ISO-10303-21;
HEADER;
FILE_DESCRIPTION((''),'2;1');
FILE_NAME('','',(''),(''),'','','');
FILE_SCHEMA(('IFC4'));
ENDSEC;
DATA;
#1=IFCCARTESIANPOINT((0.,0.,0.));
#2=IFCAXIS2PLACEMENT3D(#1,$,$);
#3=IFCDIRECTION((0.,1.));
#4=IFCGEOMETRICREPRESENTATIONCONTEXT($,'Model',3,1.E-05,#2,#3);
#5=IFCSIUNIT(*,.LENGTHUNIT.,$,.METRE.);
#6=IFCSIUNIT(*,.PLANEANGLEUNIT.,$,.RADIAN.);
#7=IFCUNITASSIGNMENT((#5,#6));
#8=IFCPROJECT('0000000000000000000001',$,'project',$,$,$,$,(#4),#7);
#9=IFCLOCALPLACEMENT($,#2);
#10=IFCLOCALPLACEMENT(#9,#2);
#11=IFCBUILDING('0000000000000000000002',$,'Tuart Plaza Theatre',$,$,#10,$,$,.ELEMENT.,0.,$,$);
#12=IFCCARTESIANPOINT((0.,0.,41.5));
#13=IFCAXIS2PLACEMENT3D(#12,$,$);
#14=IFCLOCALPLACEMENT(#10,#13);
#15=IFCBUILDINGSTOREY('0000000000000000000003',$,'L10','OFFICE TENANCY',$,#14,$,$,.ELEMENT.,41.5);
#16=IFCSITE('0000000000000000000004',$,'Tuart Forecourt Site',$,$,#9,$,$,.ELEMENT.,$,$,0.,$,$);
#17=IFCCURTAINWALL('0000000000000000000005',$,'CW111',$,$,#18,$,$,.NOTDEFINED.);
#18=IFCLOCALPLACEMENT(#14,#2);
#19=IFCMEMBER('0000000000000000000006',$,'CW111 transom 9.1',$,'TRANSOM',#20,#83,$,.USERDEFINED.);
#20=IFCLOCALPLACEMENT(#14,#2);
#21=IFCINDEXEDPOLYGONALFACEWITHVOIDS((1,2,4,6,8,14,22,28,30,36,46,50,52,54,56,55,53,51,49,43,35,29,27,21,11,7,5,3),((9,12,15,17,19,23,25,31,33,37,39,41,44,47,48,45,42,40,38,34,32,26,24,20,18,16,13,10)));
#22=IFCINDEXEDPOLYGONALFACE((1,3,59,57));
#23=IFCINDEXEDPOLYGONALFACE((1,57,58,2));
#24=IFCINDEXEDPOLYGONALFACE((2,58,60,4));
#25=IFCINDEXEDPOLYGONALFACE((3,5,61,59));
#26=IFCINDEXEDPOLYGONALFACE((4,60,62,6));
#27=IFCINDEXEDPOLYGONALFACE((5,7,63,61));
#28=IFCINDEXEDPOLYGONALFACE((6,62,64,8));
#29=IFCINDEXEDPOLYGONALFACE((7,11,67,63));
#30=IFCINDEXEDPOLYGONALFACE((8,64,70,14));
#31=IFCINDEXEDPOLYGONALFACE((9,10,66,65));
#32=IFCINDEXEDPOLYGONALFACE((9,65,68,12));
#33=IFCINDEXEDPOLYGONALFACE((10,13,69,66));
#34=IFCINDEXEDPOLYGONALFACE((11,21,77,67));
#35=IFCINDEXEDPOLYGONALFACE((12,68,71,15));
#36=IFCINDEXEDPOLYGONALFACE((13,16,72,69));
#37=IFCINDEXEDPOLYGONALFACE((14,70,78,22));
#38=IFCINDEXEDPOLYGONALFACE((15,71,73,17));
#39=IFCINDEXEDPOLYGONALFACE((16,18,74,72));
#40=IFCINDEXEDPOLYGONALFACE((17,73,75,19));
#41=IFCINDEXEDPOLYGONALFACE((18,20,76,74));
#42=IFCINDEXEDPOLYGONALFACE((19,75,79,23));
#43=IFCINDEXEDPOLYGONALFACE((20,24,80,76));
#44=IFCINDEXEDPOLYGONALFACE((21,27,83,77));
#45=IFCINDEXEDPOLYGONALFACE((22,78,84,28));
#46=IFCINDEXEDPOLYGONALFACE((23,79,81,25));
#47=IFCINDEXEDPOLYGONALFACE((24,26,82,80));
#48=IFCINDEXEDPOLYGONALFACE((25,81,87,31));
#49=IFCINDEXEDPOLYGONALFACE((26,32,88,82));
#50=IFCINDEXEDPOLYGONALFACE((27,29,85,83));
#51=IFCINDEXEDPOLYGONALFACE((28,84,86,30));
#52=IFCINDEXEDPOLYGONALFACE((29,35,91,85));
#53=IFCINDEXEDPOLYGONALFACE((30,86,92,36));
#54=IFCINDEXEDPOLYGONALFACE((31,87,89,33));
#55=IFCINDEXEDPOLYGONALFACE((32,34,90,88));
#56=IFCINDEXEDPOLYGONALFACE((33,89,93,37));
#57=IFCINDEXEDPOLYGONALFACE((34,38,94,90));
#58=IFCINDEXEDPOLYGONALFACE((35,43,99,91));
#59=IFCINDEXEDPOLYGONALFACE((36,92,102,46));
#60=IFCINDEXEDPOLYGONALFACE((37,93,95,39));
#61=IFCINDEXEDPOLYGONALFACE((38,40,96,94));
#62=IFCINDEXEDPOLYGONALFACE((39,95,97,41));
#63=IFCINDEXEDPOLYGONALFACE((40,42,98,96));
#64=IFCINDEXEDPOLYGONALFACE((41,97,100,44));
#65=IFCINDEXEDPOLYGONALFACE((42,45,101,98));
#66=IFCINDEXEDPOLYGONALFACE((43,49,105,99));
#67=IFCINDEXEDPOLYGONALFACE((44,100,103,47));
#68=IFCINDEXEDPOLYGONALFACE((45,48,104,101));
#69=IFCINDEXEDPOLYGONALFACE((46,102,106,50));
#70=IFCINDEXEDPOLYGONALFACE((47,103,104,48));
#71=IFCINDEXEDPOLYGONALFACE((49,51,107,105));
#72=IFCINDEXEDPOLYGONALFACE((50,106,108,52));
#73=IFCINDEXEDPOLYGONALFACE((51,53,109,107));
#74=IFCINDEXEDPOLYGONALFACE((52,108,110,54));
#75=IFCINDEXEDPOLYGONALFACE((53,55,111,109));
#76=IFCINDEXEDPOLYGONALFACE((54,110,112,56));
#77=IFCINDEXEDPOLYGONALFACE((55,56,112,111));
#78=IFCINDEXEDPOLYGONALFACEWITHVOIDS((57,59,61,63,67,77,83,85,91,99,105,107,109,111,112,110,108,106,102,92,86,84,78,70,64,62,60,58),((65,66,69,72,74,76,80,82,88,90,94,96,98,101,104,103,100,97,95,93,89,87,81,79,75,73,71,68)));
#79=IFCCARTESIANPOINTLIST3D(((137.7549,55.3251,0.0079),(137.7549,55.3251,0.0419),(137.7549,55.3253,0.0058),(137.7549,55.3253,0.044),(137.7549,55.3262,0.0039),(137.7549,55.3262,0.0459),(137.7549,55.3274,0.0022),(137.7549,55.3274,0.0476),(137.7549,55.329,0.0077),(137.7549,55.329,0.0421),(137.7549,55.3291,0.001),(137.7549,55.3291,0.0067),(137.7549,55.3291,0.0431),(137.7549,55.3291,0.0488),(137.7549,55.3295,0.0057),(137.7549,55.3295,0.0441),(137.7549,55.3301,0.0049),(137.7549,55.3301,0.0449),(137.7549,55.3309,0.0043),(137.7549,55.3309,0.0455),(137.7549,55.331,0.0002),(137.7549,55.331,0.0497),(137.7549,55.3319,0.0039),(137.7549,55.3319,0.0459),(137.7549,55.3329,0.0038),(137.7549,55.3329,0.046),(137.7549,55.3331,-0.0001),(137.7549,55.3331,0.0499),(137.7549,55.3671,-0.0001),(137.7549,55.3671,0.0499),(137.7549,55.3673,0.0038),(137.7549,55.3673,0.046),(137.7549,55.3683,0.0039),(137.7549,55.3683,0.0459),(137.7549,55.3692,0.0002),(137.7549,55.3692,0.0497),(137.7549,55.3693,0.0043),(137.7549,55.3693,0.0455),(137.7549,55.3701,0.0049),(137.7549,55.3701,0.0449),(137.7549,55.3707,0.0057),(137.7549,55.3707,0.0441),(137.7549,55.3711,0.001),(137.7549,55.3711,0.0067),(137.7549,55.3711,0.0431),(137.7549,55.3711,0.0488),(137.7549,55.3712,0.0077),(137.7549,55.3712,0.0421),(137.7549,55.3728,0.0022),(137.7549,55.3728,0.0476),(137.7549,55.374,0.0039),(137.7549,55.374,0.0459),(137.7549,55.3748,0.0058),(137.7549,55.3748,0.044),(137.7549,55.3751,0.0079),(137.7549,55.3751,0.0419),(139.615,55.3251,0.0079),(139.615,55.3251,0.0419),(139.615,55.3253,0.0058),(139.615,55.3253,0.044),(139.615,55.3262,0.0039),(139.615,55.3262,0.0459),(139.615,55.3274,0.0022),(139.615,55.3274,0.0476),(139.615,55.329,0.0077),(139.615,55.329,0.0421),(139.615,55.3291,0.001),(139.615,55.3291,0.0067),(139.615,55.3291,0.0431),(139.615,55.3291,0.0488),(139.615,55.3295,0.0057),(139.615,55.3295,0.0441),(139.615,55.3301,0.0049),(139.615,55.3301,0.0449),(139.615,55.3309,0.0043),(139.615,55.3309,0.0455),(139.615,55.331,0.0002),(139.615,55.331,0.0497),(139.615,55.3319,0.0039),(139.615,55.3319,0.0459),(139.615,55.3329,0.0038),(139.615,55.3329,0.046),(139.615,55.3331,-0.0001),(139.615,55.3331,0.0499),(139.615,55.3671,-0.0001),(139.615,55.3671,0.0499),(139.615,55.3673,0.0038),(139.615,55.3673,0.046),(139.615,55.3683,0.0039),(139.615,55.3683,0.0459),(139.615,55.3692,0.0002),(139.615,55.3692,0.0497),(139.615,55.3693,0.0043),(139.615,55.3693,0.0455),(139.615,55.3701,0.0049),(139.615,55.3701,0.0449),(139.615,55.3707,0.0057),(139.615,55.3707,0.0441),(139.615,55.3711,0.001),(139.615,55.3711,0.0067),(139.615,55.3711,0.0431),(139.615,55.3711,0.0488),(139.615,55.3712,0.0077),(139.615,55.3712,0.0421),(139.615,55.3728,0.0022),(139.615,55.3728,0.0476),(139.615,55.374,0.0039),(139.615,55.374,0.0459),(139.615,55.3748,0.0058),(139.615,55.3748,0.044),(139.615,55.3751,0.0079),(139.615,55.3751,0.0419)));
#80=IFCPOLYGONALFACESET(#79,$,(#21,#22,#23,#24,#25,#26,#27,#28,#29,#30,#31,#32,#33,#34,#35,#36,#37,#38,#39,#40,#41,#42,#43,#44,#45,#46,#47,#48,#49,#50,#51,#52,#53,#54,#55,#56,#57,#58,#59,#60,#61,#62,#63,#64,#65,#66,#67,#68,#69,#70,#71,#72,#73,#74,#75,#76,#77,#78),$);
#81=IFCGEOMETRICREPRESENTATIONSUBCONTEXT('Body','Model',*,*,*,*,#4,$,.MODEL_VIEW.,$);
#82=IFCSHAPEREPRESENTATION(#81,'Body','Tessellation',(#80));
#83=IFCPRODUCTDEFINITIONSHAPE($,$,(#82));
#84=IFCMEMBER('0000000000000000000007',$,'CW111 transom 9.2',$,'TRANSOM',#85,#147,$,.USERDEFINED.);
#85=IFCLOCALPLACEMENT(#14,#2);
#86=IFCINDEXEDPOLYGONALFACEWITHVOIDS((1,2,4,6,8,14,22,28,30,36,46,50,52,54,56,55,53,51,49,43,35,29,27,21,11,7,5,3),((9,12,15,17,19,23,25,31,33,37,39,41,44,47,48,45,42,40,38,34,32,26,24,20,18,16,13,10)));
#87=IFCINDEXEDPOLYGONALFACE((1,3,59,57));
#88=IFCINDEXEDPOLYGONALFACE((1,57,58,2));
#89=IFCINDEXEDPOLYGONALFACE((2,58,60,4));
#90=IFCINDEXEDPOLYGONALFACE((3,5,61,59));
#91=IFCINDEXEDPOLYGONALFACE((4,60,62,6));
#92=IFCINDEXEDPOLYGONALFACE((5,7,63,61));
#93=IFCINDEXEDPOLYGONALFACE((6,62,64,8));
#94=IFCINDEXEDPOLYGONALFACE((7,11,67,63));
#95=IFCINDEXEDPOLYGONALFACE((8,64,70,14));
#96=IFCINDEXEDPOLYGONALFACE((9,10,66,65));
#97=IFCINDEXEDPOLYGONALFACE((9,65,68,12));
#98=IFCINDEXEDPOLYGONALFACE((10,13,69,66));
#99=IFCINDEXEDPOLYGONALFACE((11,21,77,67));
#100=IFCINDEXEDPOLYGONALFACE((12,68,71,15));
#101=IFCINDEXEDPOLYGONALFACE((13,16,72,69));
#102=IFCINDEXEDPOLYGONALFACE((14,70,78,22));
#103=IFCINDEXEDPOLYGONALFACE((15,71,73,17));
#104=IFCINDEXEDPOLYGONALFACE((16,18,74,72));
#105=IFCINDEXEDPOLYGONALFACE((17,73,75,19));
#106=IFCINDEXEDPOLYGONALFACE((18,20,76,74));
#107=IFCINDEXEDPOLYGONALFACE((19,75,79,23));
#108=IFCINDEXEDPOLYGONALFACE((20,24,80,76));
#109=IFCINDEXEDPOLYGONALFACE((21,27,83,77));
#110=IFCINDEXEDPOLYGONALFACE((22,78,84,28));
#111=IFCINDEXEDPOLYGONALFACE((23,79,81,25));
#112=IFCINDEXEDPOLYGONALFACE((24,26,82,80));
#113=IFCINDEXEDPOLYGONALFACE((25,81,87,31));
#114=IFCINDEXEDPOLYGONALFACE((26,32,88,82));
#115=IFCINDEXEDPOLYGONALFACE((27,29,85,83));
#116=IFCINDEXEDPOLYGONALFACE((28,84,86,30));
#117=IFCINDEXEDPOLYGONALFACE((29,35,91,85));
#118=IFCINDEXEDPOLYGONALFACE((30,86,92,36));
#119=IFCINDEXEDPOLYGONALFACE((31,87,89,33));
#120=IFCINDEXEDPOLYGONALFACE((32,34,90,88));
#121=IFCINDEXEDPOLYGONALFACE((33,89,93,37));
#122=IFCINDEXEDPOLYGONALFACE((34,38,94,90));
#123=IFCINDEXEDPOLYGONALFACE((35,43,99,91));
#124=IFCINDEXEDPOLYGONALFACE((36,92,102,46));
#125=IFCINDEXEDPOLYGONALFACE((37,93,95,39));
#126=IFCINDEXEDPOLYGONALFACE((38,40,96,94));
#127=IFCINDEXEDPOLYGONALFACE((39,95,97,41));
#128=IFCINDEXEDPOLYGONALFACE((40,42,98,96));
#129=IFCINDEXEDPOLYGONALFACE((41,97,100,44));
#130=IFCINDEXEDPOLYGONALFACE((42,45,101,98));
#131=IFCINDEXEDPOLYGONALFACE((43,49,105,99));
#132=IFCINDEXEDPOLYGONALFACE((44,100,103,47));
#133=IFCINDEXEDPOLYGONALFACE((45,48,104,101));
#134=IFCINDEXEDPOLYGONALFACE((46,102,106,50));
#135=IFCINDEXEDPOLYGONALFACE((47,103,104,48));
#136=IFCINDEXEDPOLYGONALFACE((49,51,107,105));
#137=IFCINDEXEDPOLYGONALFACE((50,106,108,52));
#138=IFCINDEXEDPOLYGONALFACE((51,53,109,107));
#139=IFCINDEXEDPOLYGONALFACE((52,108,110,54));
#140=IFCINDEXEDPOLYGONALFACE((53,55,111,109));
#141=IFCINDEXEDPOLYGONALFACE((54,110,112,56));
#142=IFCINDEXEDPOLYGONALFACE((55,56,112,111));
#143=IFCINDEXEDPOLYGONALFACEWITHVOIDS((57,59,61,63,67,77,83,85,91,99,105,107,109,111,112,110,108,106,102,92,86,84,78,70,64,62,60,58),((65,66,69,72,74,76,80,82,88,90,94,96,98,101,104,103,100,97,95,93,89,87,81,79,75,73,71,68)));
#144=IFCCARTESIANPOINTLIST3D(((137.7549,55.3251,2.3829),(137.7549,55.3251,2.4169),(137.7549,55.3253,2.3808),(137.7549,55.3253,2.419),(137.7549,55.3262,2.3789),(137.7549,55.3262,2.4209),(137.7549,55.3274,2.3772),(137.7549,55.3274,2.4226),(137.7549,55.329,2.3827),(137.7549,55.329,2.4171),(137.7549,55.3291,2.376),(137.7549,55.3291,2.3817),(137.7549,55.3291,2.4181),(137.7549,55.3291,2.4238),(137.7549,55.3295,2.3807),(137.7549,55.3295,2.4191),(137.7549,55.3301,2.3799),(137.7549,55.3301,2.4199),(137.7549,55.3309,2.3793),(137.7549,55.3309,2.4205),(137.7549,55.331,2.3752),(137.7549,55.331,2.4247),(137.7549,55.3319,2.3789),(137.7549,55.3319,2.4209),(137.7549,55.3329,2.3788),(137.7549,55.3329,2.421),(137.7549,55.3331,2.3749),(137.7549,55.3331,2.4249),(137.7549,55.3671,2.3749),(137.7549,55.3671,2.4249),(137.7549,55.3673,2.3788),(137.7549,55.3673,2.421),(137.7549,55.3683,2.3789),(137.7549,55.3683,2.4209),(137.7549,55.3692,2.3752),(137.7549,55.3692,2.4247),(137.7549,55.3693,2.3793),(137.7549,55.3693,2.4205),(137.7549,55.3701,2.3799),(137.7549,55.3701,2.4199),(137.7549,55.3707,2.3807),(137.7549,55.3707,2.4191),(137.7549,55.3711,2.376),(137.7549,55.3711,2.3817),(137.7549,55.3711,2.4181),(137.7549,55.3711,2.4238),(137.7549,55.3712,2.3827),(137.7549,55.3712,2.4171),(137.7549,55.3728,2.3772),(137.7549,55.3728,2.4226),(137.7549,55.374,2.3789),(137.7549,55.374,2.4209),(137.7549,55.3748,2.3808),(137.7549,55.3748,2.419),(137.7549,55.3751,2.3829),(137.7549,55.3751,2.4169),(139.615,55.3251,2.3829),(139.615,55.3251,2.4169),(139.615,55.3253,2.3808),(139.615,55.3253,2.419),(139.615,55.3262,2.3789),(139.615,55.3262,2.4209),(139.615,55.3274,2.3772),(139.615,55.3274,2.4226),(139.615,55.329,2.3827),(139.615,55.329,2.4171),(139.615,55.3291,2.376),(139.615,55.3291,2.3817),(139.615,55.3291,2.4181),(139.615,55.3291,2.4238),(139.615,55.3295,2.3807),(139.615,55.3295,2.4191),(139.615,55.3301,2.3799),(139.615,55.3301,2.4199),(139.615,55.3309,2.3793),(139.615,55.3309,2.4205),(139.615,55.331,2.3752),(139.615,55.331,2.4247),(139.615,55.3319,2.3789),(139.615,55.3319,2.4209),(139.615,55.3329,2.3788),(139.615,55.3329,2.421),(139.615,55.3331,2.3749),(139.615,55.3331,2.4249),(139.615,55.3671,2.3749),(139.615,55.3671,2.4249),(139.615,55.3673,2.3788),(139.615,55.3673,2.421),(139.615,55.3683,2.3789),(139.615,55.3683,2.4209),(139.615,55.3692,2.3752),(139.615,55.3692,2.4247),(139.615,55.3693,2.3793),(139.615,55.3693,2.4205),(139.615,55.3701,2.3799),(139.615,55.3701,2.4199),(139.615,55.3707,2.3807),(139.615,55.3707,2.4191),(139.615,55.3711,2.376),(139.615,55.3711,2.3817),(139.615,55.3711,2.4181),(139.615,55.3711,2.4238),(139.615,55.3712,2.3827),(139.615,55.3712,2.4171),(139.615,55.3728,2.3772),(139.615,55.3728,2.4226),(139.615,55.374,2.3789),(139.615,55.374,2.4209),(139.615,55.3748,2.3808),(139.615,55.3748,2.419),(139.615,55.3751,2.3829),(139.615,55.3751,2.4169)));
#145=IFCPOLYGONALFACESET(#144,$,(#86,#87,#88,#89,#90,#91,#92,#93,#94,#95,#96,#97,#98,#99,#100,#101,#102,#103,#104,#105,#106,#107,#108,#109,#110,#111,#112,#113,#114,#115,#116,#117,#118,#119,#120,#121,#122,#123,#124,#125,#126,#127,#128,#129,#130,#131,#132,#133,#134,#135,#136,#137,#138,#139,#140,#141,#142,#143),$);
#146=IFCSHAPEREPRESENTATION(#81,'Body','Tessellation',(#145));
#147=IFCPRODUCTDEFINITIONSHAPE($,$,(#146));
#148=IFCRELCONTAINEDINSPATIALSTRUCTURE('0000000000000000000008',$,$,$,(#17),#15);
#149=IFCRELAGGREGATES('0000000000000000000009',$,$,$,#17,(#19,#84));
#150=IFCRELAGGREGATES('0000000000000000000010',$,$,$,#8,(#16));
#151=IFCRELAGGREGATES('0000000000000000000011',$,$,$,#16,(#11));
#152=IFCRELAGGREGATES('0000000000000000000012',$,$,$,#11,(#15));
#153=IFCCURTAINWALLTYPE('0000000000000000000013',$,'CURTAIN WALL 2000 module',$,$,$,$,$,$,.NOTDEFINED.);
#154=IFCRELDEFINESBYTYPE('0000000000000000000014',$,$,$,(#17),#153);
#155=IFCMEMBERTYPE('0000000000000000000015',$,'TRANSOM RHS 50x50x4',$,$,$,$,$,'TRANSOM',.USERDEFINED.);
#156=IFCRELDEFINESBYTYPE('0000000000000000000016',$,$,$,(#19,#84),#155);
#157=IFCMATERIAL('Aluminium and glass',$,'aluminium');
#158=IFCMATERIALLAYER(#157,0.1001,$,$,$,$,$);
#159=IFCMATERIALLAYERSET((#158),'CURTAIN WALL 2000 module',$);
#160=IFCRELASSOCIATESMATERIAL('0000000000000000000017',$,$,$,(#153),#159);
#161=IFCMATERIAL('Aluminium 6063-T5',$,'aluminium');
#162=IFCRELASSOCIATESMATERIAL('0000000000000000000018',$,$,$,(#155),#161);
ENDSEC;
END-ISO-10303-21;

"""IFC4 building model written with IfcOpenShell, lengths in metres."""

from ifc_helpers import new_model, si_unit, direction, frame, origin, origin_2d, place, context, subcontext, project, spatial, hollow_rectangle, extrude, material, layer, layer_set, material_profile, profile_set, type_object, element, aggregate, save


model = new_model("IFC4")

# Units and contexts
model_context = context("Model", 3, precision=1e-05, world=origin(), true_north=direction((0.0, 1.0)))
body_context = subcontext(model_context, "Body", "Model", "MODEL_VIEW")
ifc_project = project(units=[si_unit("LENGTHUNIT", "METRE"), si_unit("PLANEANGLEUNIT", "RADIAN")], contexts=[model_context])

# Site, building, storey
site_placement = place(None, origin())
site = spatial("IfcSite", under=ifc_project, at=site_placement, Name="Tuart Forecourt Site", CompositionType="ELEMENT", RefElevation=0.0)
building_placement = place(site_placement, origin())
building = spatial("IfcBuilding", under=site, at=building_placement, Name="Tuart Plaza Theatre", CompositionType="ELEMENT", ElevationOfRefHeight=0.0)
storey_placement = place(building_placement, frame((0.0, 0.0, 41.5)))
storey = spatial("IfcBuildingStorey", under=building, at=storey_placement, Name="L10", Description="OFFICE TENANCY", CompositionType="ELEMENT", Elevation=41.5)

# Curtain wall, members
ifc_material_1 = material(Name="Aluminium and glass", Category="aluminium")
ifc_layer_1 = layer(ifc_material_1, 0.1001)
ifc_layer_set_1 = layer_set([ifc_layer_1], Name="CURTAIN WALL 2000 module")
curtain_wall_type = type_object("IfcCurtainWallType", Name="CURTAIN WALL 2000 module", PredefinedType="NOTDEFINED", material=ifc_layer_set_1)
curtain_wall_placement = place(storey_placement, origin())
curtain_wall = element("IfcCurtainWall", 1, at=curtain_wall_placement, inside=storey, type_object=curtain_wall_type, Name="CW111", PredefinedType="NOTDEFINED")
ifc_material_2 = material(Name="Aluminium 6063-T5", Category="aluminium")
ifc_material_profile_1 = material_profile(ifc_material_2, hollow_rectangle(XDim=0.05, YDim=0.05, WallThickness=0.0039, InnerFilletRadius=0.0039, OuterFilletRadius=0.0081, at=origin_2d()), Name="RHS 50x50x4")
ifc_profile_set_1 = profile_set([ifc_material_profile_1], Name="Aluminium 6063-T5")
member_type_1 = type_object("IfcMemberType", Name="TRANSOM RHS 50x50x4", ElementType="TRANSOM", PredefinedType="USERDEFINED", material=ifc_profile_set_1)
member_1_placement = place(storey_placement, frame((137.7549, 55.3501, 0.0249), z_axis=(1.0, 0.0, 0.0), x_axis=(0.0, 1.0, 0.0)))
member_1 = element("IfcMember", 2, at=member_1_placement, type_object=member_type_1, Name="CW111 transom 9.1", ObjectType="TRANSOM", PredefinedType="USERDEFINED", context=body_context, shape_type="SweptSolid", body=[
    extrude(hollow_rectangle(XDim=0.05, YDim=0.05, WallThickness=0.0039, InnerFilletRadius=0.0039, OuterFilletRadius=0.0081, at=origin_2d()), origin(), (0.0, 0.0, 1.0), 1.8601),
])
member_2_placement = place(storey_placement, frame((137.7549, 55.3501, 2.3999), z_axis=(1.0, 0.0, 0.0), x_axis=(0.0, 1.0, 0.0)))
member_2 = element("IfcMember", 3, at=member_2_placement, type_object=member_type_1, Name="CW111 transom 9.2", ObjectType="TRANSOM", PredefinedType="USERDEFINED", context=body_context, shape_type="SweptSolid", body=[
    extrude(hollow_rectangle(XDim=0.05, YDim=0.05, WallThickness=0.0039, InnerFilletRadius=0.0039, OuterFilletRadius=0.0081, at=origin_2d()), origin(), (0.0, 0.0, 1.0), 1.8601),
])
aggregate(curtain_wall, [member_1, member_2])

save(model, "model.ifc")
